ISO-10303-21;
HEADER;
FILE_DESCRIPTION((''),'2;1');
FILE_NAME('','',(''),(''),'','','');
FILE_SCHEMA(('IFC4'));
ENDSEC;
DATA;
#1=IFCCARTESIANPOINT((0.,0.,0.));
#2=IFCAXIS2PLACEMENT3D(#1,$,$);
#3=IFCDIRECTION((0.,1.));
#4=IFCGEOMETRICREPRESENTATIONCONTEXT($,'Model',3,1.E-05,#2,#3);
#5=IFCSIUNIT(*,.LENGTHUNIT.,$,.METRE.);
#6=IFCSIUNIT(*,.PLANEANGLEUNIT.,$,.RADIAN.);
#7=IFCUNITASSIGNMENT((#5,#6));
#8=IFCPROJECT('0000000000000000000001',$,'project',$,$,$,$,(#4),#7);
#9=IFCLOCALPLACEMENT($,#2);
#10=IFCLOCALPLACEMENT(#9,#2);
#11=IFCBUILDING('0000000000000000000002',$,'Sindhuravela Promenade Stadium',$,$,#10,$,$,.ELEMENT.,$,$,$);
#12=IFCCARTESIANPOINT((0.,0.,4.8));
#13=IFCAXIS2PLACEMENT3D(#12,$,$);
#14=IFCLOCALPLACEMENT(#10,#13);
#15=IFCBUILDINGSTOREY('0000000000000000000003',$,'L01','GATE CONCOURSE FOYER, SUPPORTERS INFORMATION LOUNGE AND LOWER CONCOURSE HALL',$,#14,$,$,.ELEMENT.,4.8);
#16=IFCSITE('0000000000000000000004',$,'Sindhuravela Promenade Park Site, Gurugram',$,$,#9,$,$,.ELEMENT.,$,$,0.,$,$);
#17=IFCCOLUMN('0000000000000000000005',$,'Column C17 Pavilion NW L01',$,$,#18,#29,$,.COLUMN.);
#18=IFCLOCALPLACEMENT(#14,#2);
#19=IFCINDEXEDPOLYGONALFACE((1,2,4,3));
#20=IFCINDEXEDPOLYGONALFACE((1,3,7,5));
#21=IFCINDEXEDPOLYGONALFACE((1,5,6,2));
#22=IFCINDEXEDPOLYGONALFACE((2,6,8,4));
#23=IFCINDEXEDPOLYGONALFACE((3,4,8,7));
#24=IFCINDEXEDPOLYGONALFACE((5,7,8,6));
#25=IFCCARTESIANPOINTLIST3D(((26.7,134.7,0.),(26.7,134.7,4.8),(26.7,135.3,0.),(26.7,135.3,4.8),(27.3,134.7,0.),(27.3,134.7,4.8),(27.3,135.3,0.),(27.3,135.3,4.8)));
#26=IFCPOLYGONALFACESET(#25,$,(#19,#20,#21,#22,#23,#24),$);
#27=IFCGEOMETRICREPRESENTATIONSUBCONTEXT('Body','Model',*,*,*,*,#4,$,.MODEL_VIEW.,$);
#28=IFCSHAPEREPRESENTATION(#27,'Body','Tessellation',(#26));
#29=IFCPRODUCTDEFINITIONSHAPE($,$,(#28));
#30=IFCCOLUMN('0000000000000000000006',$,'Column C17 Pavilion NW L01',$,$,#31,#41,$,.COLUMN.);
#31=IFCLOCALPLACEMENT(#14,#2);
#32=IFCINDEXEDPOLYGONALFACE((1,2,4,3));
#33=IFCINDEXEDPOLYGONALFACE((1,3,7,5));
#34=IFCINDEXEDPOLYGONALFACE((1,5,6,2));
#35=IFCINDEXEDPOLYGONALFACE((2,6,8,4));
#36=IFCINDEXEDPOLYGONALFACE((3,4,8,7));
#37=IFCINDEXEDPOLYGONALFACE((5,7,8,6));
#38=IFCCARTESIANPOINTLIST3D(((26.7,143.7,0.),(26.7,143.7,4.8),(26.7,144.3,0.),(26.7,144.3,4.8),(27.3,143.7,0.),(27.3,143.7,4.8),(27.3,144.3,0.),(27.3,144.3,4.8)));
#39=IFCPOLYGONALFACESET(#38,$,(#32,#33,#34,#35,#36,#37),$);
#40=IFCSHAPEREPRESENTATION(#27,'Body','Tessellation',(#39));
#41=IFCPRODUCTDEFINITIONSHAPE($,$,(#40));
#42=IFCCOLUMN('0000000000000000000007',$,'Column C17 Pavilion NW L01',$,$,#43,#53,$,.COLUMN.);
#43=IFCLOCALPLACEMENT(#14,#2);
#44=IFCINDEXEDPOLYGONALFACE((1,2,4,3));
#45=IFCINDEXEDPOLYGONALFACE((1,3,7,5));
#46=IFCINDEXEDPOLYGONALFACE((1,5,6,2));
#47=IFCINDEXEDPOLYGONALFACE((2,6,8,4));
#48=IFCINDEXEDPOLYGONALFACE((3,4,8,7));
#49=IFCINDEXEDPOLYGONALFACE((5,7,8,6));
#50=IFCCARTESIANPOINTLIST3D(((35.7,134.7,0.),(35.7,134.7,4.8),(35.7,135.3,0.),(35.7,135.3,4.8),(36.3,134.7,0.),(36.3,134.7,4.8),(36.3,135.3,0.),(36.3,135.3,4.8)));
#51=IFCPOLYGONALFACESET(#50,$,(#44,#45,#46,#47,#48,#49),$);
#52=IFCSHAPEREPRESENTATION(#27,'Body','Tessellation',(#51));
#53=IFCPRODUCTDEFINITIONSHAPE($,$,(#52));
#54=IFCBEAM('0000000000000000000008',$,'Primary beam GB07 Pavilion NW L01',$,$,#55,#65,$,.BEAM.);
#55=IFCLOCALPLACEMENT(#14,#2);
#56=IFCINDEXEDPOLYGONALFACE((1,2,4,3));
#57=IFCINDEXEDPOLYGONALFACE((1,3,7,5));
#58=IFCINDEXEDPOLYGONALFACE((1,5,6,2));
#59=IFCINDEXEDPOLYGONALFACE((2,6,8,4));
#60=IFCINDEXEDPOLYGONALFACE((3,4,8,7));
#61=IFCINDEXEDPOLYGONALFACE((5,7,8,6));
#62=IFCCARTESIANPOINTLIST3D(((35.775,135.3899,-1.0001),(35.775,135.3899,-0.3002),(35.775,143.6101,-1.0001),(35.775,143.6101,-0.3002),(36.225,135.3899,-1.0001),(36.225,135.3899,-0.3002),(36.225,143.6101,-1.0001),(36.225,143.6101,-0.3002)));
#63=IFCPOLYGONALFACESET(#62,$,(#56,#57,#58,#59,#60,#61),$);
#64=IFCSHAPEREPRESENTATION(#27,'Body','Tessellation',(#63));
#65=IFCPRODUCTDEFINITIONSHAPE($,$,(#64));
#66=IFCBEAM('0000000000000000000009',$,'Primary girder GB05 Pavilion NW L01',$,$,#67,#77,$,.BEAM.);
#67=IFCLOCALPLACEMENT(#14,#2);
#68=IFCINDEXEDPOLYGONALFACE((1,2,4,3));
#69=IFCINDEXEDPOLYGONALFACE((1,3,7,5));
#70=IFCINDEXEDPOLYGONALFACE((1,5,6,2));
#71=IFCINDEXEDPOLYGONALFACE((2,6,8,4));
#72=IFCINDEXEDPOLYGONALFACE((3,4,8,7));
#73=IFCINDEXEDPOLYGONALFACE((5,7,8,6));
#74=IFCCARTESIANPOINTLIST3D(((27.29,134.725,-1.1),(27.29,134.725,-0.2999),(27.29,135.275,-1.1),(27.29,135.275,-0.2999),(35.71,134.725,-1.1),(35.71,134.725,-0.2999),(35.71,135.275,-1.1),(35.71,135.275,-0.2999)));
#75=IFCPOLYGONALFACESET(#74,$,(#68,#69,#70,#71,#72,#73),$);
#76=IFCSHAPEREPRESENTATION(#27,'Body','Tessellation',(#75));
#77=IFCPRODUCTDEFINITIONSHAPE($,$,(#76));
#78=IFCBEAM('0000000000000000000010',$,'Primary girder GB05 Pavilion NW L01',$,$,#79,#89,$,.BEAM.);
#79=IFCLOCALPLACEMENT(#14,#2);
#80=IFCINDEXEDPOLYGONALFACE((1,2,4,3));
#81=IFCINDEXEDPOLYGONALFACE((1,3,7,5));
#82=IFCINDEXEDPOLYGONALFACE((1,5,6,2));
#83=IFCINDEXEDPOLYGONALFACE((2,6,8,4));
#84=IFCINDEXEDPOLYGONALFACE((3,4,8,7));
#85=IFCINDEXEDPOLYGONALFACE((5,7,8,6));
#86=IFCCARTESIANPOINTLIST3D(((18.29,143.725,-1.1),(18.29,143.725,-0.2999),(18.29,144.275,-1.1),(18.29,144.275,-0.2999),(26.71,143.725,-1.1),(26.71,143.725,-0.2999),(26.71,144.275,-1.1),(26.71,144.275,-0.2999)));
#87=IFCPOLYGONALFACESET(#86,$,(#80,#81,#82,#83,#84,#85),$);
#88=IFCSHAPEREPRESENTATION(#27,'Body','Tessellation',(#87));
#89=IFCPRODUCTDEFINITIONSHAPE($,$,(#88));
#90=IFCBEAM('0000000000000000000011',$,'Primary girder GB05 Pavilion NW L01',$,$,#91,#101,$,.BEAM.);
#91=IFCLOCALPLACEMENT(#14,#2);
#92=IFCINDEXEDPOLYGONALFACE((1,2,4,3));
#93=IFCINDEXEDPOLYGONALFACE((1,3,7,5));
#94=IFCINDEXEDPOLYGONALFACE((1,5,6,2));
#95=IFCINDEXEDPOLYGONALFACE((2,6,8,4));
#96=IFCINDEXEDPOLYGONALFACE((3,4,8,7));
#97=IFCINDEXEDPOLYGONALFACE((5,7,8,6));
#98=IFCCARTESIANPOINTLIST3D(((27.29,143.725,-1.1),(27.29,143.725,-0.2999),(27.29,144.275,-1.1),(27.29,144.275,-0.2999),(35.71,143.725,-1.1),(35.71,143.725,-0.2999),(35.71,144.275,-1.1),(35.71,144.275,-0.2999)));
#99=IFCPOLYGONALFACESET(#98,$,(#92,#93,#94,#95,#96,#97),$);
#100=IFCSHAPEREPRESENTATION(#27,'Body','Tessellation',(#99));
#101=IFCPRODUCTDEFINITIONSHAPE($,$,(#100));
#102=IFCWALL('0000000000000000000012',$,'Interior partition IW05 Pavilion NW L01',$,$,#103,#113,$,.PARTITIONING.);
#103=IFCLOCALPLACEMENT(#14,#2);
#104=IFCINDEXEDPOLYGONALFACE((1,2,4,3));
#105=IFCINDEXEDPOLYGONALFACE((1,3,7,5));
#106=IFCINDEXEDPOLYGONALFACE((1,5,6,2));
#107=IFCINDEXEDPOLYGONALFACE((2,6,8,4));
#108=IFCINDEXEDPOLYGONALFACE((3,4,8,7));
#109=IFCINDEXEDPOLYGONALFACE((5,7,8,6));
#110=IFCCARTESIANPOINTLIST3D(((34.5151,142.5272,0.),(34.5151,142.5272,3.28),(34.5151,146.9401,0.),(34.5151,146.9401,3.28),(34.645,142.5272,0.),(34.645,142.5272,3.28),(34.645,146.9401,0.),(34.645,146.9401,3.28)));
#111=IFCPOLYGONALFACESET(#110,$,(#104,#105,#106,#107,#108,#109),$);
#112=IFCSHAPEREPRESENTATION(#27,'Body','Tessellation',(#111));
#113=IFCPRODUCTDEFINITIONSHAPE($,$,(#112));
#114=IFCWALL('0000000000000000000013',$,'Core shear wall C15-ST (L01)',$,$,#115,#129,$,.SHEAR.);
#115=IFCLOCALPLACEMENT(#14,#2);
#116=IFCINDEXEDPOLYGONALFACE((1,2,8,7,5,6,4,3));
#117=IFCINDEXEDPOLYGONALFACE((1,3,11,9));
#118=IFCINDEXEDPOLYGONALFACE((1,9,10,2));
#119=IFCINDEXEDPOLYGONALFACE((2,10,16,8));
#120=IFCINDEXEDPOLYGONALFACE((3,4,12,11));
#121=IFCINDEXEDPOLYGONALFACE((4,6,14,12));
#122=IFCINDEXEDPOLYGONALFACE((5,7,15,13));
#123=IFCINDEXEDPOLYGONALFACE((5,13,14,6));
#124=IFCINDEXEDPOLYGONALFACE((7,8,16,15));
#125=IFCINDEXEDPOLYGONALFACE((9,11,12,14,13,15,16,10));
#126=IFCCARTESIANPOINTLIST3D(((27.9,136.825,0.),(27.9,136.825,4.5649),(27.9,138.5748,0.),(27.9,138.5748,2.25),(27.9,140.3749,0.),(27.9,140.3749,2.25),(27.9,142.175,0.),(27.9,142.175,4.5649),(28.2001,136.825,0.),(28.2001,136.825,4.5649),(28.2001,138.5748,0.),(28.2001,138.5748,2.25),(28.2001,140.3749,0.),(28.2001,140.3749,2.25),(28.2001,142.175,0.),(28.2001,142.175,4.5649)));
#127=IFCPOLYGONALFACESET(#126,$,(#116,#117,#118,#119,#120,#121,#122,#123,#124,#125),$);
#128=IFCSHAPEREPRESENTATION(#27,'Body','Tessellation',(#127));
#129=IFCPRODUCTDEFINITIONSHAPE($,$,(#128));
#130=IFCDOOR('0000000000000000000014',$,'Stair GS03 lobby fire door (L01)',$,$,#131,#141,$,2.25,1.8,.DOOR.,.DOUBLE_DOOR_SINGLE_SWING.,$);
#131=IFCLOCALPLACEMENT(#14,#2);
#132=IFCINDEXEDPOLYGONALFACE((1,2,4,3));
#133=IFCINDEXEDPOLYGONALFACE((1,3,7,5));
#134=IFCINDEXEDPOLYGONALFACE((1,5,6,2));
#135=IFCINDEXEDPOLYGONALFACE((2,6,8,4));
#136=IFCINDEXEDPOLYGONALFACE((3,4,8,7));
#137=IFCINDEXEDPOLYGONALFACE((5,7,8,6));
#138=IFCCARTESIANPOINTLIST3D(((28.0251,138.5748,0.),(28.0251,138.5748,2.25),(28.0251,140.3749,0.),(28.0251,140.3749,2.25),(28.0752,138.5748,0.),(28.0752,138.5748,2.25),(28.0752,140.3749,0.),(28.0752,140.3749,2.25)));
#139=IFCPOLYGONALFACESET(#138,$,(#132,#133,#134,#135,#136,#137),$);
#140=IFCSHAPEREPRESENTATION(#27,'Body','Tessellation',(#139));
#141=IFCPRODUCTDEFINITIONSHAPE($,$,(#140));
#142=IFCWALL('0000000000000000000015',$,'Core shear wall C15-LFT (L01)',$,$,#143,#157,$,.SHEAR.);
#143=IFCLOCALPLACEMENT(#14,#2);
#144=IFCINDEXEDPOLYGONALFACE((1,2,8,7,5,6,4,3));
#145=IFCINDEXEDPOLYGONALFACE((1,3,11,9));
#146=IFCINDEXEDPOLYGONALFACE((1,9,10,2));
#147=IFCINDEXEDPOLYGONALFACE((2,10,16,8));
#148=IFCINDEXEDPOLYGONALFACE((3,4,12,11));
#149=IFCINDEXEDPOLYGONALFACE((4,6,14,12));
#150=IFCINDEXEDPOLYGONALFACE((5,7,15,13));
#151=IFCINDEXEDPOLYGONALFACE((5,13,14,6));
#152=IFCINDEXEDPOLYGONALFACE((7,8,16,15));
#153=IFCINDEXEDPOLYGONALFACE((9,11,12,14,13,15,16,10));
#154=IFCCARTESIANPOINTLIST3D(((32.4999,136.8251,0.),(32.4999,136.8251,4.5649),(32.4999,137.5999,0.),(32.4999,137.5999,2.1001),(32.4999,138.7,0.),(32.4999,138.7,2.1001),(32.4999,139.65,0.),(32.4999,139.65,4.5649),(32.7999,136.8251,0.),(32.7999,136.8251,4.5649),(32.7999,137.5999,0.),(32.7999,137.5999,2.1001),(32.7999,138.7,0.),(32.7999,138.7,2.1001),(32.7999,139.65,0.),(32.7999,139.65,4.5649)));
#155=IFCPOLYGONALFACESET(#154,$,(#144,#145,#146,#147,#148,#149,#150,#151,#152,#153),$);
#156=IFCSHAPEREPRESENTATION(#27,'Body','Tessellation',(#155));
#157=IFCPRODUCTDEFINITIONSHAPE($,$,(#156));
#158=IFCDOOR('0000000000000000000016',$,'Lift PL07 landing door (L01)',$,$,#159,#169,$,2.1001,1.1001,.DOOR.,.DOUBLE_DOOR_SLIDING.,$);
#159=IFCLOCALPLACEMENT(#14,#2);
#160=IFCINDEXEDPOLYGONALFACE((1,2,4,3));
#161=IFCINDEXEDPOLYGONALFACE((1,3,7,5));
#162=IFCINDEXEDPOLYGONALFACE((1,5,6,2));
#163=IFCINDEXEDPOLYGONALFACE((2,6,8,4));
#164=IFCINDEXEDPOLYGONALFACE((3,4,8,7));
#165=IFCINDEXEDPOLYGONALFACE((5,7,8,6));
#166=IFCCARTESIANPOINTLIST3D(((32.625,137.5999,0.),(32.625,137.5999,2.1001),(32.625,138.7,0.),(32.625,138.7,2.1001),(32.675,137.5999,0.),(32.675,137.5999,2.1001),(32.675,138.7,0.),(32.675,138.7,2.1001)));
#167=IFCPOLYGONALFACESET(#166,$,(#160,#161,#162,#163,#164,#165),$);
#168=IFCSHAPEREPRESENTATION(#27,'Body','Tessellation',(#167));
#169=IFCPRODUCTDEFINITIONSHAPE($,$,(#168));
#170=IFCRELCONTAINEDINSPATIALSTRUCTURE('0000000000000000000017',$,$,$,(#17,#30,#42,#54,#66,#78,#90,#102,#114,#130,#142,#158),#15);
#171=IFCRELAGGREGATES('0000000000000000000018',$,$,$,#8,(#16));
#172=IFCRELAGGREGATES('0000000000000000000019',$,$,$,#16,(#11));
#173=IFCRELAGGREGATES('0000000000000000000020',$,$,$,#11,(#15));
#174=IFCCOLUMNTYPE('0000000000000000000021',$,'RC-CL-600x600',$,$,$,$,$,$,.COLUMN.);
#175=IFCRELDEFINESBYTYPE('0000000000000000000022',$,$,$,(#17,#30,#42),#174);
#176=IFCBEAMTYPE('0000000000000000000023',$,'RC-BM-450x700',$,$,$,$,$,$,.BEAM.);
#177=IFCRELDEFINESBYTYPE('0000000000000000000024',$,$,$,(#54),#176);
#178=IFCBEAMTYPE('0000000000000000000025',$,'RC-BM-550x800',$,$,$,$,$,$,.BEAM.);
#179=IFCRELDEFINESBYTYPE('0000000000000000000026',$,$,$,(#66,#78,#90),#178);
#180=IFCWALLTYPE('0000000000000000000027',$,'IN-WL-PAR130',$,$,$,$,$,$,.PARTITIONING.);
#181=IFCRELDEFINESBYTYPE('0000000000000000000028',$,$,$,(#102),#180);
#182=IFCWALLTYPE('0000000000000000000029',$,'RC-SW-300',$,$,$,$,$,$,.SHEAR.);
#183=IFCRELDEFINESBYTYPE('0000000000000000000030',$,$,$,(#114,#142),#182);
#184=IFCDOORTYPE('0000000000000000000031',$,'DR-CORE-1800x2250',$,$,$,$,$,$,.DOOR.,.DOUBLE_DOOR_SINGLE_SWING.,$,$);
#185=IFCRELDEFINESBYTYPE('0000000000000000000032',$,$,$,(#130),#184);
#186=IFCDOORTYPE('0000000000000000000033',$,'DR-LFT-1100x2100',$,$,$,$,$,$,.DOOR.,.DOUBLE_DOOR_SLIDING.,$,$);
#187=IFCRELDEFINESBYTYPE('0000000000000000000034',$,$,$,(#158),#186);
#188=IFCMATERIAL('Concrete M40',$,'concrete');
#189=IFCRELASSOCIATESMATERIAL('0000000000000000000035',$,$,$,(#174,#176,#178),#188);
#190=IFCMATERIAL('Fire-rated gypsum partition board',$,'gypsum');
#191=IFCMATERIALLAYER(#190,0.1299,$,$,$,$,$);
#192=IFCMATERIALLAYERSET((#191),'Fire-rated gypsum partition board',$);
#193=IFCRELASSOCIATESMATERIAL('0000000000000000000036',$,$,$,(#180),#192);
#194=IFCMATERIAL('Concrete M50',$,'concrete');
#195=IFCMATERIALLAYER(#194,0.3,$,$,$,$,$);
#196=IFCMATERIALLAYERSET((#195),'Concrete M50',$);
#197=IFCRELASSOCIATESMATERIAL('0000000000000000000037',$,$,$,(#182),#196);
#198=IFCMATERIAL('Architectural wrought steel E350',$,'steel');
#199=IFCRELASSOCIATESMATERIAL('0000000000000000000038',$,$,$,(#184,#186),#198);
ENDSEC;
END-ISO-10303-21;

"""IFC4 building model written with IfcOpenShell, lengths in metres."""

from ifc_helpers import new_model, si_unit, direction, frame, frame_2d, origin, origin_2d, place, context, subcontext, project, spatial, rectangle, extrude, material, layer, layer_set, material_profile, profile_set, type_object, element, fill, save


model = new_model("IFC4")

# Units and contexts
model_context = context("Model", 3, precision=1e-05, world=origin(), true_north=direction((0.0, 1.0)))
body_context = subcontext(model_context, "Body", "Model", "MODEL_VIEW")
ifc_project = project(units=[si_unit("LENGTHUNIT", "METRE"), si_unit("PLANEANGLEUNIT", "RADIAN")], contexts=[model_context])

# Site, building, storey
site_placement = place(None, origin())
site = spatial("IfcSite", under=ifc_project, at=site_placement, Name="Sindhuravela Promenade Park Site, Gurugram", CompositionType="ELEMENT", RefElevation=0.0)
building_placement = place(site_placement, origin())
building = spatial("IfcBuilding", under=site, at=building_placement, Name="Sindhuravela Promenade Stadium", CompositionType="ELEMENT")
storey_placement = place(building_placement, frame((0.0, 0.0, 4.8)))
storey = spatial("IfcBuildingStorey", under=building, at=storey_placement, Name="L01", Description="GATE CONCOURSE FOYER, SUPPORTERS INFORMATION LOUNGE AND LOWER CONCOURSE HALL", CompositionType="ELEMENT", Elevation=4.8)

# Columns
ifc_material_1 = material(Name="Concrete M40", Category="concrete")
ifc_material_profile_1 = material_profile(ifc_material_1, rectangle(XDim=0.6001, YDim=0.6001, at=origin_2d()), Name="RC 600x600")
ifc_profile_set_1 = profile_set([ifc_material_profile_1], Name="Concrete M40")
column_type = type_object("IfcColumnType", Name="RC-CL-600x600", PredefinedType="COLUMN", material=ifc_profile_set_1)
for number, where, z_axis, x_axis, name in (
    (1, (27.0, 135.0, 0.0), (0.0, 0.0, 1.0), (1.0, 0.0, 0.0), "Column C17 Pavilion NW L01"),
    (2, (27.0, 144.0, 0.0), (0.0, 0.0, 1.0), (1.0, 0.0, 0.0), "Column C17 Pavilion NW L01"),
    (3, (36.0, 135.0, 0.0), (0.0, 0.0, 1.0), (1.0, 0.0, 0.0), "Column C17 Pavilion NW L01"),
):
    element("IfcColumn", number, at=place(storey_placement, frame(where, z_axis=z_axis, x_axis=x_axis)), inside=storey, type_object=column_type, Name=name, PredefinedType="COLUMN", context=body_context, shape_type="SweptSolid", body=[
        extrude(rectangle(XDim=0.6001, YDim=0.6001, at=origin_2d()), origin(), (0.0, 0.0, 1.0), 4.8),
    ])

# Beams
ifc_material_profile_2 = material_profile(ifc_material_1, rectangle(XDim=0.45, YDim=0.7, at=origin_2d()), Name="RC 450x700")
ifc_profile_set_2 = profile_set([ifc_material_profile_2], Name="Concrete M40")
beam_type_1 = type_object("IfcBeamType", Name="RC-BM-450x700", PredefinedType="BEAM", material=ifc_profile_set_2)
beam_placement = place(storey_placement, frame((36.0, 135.3899, -0.6501), z_axis=(0.0, 1.0, 0.0), x_axis=(-1.0, 0.0, 0.0)))
element("IfcBeam", 4, at=beam_placement, inside=storey, type_object=beam_type_1, Name="Primary beam GB07 Pavilion NW L01", PredefinedType="BEAM", context=body_context, shape_type="SweptSolid", body=[
    extrude(rectangle(XDim=0.45, YDim=0.7, at=origin_2d()), origin(), (0.0, 0.0, 1.0), 8.2202),
])
ifc_material_profile_3 = material_profile(ifc_material_1, rectangle(XDim=0.55, YDim=0.8, at=origin_2d()), Name="RC 550x800")
ifc_profile_set_3 = profile_set([ifc_material_profile_3], Name="Concrete M40")
beam_type_2 = type_object("IfcBeamType", Name="RC-BM-550x800", PredefinedType="BEAM", material=ifc_profile_set_3)
for number, where, z_axis, x_axis, name in (
    (5, (27.29, 135.0, -0.7), (1.0, 0.0, 0.0), (0.0, 1.0, 0.0), "Primary girder GB05 Pavilion NW L01"),
    (6, (18.29, 144.0, -0.7), (1.0, 0.0, 0.0), (0.0, 1.0, 0.0), "Primary girder GB05 Pavilion NW L01"),
    (7, (27.29, 144.0, -0.7), (1.0, 0.0, 0.0), (0.0, 1.0, 0.0), "Primary girder GB05 Pavilion NW L01"),
):
    element("IfcBeam", number, at=place(storey_placement, frame(where, z_axis=z_axis, x_axis=x_axis)), inside=storey, type_object=beam_type_2, Name=name, PredefinedType="BEAM", context=body_context, shape_type="SweptSolid", body=[
        extrude(rectangle(XDim=0.55, YDim=0.8, at=origin_2d()), origin(), (0.0, 0.0, 1.0), 8.4199),
    ])

# Wall
ifc_material_2 = material(Name="Fire-rated gypsum partition board", Category="gypsum")
ifc_layer_1 = layer(ifc_material_2, 0.1299)
ifc_layer_set_1 = layer_set([ifc_layer_1], Name="Fire-rated gypsum partition board")
wall_type_1 = type_object("IfcWallType", Name="IN-WL-PAR130", PredefinedType="PARTITIONING", material=ifc_layer_set_1)
wall_1_placement = place(storey_placement, frame((34.5801, 142.5271, 0.0), z_axis=(0.0, 0.0, 1.0), x_axis=(0.0, 1.0, 0.0)))
element("IfcWall", 8, at=wall_1_placement, inside=storey, type_object=wall_type_1, Name="Interior partition IW05 Pavilion NW L01", PredefinedType="PARTITIONING", context=body_context, shape_type="SweptSolid", body=[
    extrude(rectangle(XDim=4.4128, YDim=0.1299, at=frame_2d((2.2065, 0.0))), origin(), (0.0, 0.0, 1.0), 3.28),
])

# Walls, openings, doors
ifc_material_3 = material(Name="Concrete M50", Category="concrete")
ifc_layer_2 = layer(ifc_material_3, 0.3)
ifc_layer_set_2 = layer_set([ifc_layer_2], Name="Concrete M50")
wall_type_2 = type_object("IfcWallType", Name="RC-SW-300", PredefinedType="SHEAR", material=ifc_layer_set_2)
wall_2_placement = place(storey_placement, frame((28.05, 136.825, 0.0), z_axis=(0.0, 0.0, 1.0), x_axis=(0.0, 1.0, 0.0)))
wall_2 = element("IfcWall", 9, at=wall_2_placement, inside=storey, type_object=wall_type_2, Name="Core shear wall C15-ST (L01)", PredefinedType="SHEAR", context=body_context, shape_type="SweptSolid", body=[
    extrude(rectangle(XDim=5.3501, YDim=0.3, at=frame_2d((2.675, 0.0))), origin(), (0.0, 0.0, 1.0), 4.5649),
])
opening_1_placement = place(wall_2_placement, frame((1.75, 0.0, 0.0)))
opening_1 = element("IfcOpeningElement", 10, at=opening_1_placement, cuts=wall_2, PredefinedType="OPENING", context=body_context, shape_type="SweptSolid", body=[
    extrude(rectangle(XDim=1.8, YDim=2.25, at=frame_2d((0.8999, 1.125))), frame((0.0, 0.1599, 0.0), z_axis=(0.0, -1.0, 0.0), x_axis=(1.0, 0.0, 0.0)), (0.0, 0.0, 1.0), 0.3201),
])
ifc_material_4 = material(Name="Architectural wrought steel E350", Category="steel")
door_type_1 = type_object("IfcDoorType", Name="DR-CORE-1800x2250", OperationType="DOUBLE_DOOR_SINGLE_SWING", PredefinedType="DOOR", material=ifc_material_4)
door_1_placement = place(opening_1_placement, origin())
door_1 = element("IfcDoor", 11, at=door_1_placement, inside=storey, type_object=door_type_1, Name="Stair GS03 lobby fire door (L01)", OperationType="DOUBLE_DOOR_SINGLE_SWING", OverallHeight=2.25, OverallWidth=1.8, PredefinedType="DOOR", context=body_context, shape_type="SweptSolid", body=[
    extrude(rectangle(XDim=1.8, YDim=2.25, at=frame_2d((0.8999, 1.125))), frame((0.0, 0.0249, 0.0), z_axis=(0.0, -1.0, 0.0), x_axis=(1.0, 0.0, 0.0)), (0.0, 0.0, 1.0), 0.05),
])
fill(opening_1, door_1)
wall_3_placement = place(storey_placement, frame((32.6499, 136.825, 0.0), z_axis=(0.0, 0.0, 1.0), x_axis=(0.0, 1.0, 0.0)))
wall_3 = element("IfcWall", 12, at=wall_3_placement, inside=storey, type_object=wall_type_2, Name="Core shear wall C15-LFT (L01)", PredefinedType="SHEAR", context=body_context, shape_type="SweptSolid", body=[
    extrude(rectangle(XDim=2.825, YDim=0.3, at=frame_2d((1.4126, 0.0))), origin(), (0.0, 0.0, 1.0), 4.5649),
])
opening_2_placement = place(wall_3_placement, frame((0.7749, 0.0, 0.0)))
opening_2 = element("IfcOpeningElement", 13, at=opening_2_placement, cuts=wall_3, PredefinedType="OPENING", context=body_context, shape_type="SweptSolid", body=[
    extrude(rectangle(XDim=1.1001, YDim=2.1001, at=frame_2d((0.55, 1.05))), frame((0.0, 0.1599, 0.0), z_axis=(0.0, -1.0, 0.0), x_axis=(1.0, 0.0, 0.0)), (0.0, 0.0, 1.0), 0.3201),
])
door_type_2 = type_object("IfcDoorType", Name="DR-LFT-1100x2100", OperationType="DOUBLE_DOOR_SLIDING", PredefinedType="DOOR", material=ifc_material_4)
door_2_placement = place(opening_2_placement, origin())
door_2 = element("IfcDoor", 14, at=door_2_placement, inside=storey, type_object=door_type_2, Name="Lift PL07 landing door (L01)", OperationType="DOUBLE_DOOR_SLIDING", OverallHeight=2.1001, OverallWidth=1.1001, PredefinedType="DOOR", context=body_context, shape_type="SweptSolid", body=[
    extrude(rectangle(XDim=1.1001, YDim=2.1001, at=frame_2d((0.55, 1.05))), frame((0.0, 0.0249, 0.0), z_axis=(0.0, -1.0, 0.0), x_axis=(1.0, 0.0, 0.0)), (0.0, 0.0, 1.0), 0.05),
])
fill(opening_2, door_2)

save(model, "model.ifc")
